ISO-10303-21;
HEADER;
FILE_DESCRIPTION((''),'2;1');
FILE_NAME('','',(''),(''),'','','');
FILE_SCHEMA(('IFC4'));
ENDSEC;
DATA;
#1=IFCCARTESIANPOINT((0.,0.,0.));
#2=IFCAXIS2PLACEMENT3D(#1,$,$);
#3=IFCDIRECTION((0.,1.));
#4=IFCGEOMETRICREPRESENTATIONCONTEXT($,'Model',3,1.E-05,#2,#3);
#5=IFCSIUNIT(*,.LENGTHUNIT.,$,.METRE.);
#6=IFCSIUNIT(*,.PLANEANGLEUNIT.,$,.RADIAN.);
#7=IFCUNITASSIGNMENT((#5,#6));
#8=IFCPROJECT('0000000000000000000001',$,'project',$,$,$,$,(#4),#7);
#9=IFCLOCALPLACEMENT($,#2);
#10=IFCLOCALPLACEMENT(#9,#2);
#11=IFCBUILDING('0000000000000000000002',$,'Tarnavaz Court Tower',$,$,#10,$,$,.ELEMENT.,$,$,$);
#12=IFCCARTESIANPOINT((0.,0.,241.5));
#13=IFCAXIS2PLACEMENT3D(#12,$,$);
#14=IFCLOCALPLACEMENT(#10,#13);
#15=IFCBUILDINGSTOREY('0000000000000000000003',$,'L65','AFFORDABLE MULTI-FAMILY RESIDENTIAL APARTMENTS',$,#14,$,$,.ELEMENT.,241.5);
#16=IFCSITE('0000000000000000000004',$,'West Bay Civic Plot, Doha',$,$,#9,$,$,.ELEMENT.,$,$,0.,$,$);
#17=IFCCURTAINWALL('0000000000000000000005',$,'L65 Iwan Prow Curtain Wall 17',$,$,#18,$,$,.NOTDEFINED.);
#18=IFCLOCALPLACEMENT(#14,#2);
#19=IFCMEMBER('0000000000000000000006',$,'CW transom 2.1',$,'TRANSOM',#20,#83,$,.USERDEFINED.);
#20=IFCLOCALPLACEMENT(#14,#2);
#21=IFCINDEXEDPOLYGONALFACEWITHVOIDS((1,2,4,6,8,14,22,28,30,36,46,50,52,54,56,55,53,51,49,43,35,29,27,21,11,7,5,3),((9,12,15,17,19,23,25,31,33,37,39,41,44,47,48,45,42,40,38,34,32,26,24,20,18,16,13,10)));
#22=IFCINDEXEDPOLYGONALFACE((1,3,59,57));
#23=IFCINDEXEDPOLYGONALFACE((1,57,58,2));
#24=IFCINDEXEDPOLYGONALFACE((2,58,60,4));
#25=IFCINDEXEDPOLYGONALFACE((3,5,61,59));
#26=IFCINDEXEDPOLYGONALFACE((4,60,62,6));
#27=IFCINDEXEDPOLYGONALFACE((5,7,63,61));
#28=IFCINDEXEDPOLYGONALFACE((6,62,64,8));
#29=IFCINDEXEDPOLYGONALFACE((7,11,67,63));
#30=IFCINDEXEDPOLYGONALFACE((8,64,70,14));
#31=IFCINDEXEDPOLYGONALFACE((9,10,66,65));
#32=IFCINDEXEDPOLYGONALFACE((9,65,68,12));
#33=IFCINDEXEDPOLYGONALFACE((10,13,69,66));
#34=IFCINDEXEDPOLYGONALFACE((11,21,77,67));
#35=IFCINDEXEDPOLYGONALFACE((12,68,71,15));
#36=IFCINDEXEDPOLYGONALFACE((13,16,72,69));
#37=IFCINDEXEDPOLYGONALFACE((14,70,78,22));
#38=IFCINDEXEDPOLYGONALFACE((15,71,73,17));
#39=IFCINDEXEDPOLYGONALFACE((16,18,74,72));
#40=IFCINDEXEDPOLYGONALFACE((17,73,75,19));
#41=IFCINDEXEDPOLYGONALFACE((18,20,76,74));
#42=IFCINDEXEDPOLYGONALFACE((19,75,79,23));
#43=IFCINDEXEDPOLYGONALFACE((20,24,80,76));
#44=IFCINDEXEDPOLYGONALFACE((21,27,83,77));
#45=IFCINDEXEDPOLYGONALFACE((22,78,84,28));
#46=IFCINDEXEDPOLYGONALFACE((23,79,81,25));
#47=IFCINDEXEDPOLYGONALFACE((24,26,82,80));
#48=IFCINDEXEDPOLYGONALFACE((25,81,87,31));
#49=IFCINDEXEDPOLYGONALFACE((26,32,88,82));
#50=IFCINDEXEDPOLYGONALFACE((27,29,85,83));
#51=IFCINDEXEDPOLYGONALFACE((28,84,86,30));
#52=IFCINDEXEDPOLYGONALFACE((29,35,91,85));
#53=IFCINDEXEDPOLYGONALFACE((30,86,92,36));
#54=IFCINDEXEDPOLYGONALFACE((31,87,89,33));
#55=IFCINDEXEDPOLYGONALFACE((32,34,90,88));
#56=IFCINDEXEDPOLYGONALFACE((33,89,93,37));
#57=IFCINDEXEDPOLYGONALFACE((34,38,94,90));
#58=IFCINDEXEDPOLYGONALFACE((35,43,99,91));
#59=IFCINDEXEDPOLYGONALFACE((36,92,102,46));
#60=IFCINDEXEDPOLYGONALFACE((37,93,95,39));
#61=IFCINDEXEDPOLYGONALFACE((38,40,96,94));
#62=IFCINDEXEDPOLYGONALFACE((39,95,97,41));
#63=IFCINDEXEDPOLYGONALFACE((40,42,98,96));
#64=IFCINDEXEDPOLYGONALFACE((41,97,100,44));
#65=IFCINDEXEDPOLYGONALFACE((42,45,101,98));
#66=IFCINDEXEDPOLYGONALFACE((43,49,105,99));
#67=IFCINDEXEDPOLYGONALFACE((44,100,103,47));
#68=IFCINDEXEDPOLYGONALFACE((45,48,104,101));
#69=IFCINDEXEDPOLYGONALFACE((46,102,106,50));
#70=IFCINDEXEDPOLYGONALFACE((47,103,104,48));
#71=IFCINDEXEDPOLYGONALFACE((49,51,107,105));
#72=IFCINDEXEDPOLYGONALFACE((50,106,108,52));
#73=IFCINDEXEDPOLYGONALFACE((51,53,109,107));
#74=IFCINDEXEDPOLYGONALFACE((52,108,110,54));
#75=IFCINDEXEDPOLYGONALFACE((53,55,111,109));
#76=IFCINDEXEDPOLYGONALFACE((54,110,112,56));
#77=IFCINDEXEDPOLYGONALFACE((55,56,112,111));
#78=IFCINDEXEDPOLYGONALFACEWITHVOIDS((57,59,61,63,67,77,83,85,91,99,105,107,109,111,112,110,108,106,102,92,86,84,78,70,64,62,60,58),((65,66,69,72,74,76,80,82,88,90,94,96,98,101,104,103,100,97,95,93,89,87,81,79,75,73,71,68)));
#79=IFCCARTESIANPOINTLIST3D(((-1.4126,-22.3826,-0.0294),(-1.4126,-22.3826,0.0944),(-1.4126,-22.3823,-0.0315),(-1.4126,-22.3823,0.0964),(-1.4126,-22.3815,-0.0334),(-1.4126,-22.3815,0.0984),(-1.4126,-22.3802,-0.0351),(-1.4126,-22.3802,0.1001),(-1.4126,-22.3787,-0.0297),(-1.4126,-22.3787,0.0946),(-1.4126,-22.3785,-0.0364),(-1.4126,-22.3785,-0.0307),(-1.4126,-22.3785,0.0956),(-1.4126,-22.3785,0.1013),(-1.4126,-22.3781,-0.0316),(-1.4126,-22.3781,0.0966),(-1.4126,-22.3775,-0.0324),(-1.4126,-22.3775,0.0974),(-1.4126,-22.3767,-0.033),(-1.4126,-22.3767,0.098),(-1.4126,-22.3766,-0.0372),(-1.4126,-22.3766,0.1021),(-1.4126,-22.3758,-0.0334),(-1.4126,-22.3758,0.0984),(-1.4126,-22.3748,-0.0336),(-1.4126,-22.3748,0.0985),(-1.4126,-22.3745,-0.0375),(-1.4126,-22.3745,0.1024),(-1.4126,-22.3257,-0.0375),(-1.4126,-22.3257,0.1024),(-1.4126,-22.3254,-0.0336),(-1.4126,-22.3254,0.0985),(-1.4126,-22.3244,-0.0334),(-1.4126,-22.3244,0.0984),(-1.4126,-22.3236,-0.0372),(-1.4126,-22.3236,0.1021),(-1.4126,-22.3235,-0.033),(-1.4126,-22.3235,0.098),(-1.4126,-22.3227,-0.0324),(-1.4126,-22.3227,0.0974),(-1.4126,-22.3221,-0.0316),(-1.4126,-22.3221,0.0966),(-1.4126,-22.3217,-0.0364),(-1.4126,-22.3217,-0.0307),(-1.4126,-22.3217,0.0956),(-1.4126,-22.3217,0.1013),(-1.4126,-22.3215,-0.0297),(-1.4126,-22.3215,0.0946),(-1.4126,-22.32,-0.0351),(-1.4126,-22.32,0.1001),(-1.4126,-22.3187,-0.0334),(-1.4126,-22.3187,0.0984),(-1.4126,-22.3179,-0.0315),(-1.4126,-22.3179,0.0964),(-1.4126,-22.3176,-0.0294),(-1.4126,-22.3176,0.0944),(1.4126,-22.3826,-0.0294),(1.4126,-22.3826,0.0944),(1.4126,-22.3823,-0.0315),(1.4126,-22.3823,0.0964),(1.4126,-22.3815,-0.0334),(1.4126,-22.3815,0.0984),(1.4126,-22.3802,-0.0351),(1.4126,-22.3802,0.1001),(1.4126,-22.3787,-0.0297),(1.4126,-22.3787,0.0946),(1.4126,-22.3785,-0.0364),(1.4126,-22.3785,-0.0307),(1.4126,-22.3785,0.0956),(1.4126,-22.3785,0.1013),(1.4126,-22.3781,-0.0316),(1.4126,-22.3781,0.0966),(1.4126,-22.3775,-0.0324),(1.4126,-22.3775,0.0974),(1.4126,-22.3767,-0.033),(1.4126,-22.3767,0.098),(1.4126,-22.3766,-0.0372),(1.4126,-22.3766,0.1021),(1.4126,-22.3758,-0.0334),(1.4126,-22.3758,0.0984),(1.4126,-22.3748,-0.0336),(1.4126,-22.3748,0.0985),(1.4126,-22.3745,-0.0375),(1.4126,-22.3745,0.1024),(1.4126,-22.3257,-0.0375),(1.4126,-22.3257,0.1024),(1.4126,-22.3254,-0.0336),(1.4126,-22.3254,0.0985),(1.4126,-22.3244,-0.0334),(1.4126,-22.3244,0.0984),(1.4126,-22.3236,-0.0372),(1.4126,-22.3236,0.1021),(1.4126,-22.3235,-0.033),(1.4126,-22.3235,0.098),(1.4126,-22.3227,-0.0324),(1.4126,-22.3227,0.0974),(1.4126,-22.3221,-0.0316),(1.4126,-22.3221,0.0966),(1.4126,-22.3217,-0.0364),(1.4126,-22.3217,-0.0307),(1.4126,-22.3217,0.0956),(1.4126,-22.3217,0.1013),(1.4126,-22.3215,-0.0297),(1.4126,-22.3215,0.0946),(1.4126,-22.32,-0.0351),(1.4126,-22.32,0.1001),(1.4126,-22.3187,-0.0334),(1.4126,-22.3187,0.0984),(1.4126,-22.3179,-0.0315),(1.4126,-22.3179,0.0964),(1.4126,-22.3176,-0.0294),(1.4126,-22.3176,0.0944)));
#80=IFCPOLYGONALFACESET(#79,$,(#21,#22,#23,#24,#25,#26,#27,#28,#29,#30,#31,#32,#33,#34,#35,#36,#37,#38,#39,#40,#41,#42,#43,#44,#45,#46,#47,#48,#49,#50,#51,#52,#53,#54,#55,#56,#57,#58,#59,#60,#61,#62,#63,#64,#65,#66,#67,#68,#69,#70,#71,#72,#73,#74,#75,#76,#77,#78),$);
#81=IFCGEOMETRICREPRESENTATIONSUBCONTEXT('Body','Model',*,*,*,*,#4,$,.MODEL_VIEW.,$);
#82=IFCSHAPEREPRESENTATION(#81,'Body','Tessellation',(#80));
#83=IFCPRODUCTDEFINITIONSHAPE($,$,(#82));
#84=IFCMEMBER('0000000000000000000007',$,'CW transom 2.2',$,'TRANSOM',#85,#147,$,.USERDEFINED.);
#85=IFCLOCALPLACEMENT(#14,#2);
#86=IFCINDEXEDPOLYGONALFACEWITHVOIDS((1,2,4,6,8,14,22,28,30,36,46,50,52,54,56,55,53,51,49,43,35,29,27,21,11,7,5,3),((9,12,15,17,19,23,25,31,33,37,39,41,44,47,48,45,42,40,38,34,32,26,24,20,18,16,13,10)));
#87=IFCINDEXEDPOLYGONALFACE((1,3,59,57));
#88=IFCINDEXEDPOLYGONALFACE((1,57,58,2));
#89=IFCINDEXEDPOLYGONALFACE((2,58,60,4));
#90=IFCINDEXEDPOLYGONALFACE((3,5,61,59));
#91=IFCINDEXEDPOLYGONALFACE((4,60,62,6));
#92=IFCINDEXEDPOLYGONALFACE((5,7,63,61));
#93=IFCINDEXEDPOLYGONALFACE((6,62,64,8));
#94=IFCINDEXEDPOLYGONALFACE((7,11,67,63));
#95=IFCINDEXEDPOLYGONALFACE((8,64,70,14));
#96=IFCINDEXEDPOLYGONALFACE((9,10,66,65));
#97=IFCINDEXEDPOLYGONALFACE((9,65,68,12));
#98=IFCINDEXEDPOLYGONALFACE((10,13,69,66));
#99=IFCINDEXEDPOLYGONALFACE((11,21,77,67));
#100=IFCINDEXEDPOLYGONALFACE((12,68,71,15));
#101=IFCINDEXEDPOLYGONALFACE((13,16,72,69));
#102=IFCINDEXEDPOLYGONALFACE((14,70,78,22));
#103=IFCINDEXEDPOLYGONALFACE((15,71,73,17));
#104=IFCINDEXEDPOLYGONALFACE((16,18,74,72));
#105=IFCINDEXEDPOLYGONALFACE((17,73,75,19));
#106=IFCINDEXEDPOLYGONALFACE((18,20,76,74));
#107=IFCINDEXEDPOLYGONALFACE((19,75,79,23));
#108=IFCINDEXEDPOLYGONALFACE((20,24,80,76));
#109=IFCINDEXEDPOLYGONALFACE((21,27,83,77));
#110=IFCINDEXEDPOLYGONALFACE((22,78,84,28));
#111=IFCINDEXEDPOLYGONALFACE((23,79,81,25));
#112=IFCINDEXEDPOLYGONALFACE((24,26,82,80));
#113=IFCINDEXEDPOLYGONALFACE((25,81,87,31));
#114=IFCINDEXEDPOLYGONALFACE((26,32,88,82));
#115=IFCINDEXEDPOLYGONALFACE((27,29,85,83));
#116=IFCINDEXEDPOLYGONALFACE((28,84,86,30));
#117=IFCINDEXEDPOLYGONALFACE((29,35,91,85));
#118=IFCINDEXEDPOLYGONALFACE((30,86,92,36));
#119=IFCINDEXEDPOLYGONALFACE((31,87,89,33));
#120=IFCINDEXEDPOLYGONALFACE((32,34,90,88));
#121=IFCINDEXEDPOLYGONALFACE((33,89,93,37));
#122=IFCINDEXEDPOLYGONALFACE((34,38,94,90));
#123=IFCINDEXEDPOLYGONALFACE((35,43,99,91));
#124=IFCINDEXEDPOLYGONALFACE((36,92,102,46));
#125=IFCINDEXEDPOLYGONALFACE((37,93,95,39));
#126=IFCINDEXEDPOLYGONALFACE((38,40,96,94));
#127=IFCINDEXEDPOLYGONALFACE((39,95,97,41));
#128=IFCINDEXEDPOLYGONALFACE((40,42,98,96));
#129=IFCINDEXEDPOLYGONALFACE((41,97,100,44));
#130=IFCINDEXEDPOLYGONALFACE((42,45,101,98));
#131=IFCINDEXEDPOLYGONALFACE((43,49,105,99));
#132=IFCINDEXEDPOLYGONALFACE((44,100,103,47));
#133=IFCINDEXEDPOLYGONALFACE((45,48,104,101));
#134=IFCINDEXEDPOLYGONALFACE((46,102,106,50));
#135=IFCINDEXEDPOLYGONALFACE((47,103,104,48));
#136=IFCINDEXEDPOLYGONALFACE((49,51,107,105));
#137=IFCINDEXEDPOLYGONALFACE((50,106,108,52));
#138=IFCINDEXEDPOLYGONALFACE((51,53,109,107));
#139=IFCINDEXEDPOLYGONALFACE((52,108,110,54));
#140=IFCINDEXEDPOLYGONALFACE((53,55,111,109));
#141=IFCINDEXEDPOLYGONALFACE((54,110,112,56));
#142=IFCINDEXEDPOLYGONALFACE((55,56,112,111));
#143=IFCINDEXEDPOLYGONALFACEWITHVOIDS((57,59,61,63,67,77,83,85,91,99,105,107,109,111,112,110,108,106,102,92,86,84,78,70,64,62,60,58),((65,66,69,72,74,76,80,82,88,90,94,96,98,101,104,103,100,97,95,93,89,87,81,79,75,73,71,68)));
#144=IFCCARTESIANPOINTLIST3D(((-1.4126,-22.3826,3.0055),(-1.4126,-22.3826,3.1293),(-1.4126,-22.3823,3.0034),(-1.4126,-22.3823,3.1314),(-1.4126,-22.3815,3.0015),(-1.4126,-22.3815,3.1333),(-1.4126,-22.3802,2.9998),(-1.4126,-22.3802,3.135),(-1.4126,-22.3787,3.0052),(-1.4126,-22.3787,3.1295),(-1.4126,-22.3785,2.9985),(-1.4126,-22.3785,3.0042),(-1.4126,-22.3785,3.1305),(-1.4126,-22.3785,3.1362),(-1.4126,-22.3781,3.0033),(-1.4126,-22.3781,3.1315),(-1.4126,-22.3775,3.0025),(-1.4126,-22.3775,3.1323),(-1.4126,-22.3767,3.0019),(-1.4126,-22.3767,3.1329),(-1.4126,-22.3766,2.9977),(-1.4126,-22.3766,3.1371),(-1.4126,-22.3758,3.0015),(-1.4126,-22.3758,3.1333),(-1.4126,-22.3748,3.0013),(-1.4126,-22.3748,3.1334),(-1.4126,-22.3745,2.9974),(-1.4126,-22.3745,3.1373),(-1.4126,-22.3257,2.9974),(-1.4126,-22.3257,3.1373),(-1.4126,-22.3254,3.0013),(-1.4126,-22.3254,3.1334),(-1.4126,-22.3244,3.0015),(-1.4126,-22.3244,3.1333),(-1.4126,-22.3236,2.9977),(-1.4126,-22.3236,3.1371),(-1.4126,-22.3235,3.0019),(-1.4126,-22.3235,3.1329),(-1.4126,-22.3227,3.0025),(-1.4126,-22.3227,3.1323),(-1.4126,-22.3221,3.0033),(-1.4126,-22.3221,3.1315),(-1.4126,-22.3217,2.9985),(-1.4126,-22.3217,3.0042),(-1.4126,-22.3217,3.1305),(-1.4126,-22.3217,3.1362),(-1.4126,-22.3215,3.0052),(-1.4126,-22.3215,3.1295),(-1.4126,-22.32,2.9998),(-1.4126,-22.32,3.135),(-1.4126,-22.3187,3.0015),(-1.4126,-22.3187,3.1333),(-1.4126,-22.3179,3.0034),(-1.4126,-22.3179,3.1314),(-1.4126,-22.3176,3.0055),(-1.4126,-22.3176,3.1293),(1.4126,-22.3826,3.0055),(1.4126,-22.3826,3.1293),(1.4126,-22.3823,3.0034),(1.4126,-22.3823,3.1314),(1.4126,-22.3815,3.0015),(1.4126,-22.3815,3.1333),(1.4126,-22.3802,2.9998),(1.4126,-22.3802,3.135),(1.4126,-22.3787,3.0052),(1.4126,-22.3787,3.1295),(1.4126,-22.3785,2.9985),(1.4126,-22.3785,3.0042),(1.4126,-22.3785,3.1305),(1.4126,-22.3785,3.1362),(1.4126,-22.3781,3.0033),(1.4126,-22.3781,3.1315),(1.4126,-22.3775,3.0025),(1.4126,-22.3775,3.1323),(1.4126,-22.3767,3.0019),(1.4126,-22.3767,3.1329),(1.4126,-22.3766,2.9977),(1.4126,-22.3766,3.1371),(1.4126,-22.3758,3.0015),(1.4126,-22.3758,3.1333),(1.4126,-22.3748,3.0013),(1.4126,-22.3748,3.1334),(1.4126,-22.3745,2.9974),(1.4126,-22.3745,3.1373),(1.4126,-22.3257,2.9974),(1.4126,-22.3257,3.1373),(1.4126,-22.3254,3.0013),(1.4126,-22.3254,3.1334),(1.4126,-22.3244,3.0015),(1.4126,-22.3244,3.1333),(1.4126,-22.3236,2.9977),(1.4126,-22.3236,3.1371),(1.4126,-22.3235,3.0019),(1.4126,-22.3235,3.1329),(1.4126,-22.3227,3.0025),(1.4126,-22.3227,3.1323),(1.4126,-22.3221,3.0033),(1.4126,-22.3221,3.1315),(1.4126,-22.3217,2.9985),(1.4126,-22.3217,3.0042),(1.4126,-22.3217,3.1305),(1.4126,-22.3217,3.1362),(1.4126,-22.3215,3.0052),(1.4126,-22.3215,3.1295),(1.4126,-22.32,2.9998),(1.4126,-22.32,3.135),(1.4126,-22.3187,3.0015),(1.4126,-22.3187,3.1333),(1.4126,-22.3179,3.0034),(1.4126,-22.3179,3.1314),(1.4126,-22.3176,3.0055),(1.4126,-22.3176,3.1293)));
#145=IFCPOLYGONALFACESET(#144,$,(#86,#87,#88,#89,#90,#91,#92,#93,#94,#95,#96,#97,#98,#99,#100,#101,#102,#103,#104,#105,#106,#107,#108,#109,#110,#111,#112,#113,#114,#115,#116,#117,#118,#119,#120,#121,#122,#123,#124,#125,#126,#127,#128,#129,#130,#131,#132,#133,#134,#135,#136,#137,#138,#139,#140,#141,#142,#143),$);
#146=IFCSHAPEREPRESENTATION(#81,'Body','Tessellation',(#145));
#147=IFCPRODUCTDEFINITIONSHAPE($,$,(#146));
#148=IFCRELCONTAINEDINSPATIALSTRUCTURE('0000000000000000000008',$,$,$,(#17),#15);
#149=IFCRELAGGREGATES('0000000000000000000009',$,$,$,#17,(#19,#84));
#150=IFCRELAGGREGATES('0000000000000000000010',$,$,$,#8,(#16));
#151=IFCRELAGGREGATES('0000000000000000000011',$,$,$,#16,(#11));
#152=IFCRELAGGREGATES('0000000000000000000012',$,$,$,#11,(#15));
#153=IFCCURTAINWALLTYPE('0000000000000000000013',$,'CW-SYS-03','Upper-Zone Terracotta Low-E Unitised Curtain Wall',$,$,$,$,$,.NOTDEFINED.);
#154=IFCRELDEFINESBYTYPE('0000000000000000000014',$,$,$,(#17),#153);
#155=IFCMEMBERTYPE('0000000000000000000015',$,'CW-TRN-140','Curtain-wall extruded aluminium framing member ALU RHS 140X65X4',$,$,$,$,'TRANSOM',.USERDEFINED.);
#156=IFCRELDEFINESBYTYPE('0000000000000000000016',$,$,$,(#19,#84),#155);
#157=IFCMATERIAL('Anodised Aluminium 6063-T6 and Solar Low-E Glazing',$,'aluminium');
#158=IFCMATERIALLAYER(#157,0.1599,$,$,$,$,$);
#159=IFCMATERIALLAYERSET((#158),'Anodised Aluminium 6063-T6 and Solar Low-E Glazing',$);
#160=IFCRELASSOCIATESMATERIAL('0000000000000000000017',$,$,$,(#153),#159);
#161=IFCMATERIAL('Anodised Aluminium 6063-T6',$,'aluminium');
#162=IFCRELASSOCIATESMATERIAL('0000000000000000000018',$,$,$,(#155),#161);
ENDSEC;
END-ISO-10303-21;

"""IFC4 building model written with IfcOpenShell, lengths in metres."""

from ifc_helpers import new_model, si_unit, direction, frame, origin, origin_2d, place, context, subcontext, project, spatial, hollow_rectangle, extrude, material, layer, layer_set, material_profile, profile_set, type_object, element, aggregate, save


model = new_model("IFC4")

# Units and contexts
model_context = context("Model", 3, precision=1e-05, world=origin(), true_north=direction((0.0, 1.0)))
body_context = subcontext(model_context, "Body", "Model", "MODEL_VIEW")
ifc_project = project(units=[si_unit("LENGTHUNIT", "METRE"), si_unit("PLANEANGLEUNIT", "RADIAN")], contexts=[model_context])

# Site, building, storey
site_placement = place(None, origin())
site = spatial("IfcSite", under=ifc_project, at=site_placement, Name="West Bay Civic Plot, Doha", CompositionType="ELEMENT", RefElevation=0.0)
building_placement = place(site_placement, origin())
building = spatial("IfcBuilding", under=site, at=building_placement, Name="Tarnavaz Court Tower", CompositionType="ELEMENT")
storey_placement = place(building_placement, frame((0.0, 0.0, 241.5)))
storey = spatial("IfcBuildingStorey", under=building, at=storey_placement, Name="L65", Description="AFFORDABLE MULTI-FAMILY RESIDENTIAL APARTMENTS", CompositionType="ELEMENT", Elevation=241.5)

# Curtain wall, members
ifc_material_1 = material(Name="Anodised Aluminium 6063-T6 and Solar Low-E Glazing", Category="aluminium")
ifc_layer_1 = layer(ifc_material_1, 0.1599)
ifc_layer_set_1 = layer_set([ifc_layer_1], Name="Anodised Aluminium 6063-T6 and Solar Low-E Glazing")
curtain_wall_type = type_object("IfcCurtainWallType", Name="CW-SYS-03", Description="Upper-Zone Terracotta Low-E Unitised Curtain Wall", PredefinedType="NOTDEFINED", material=ifc_layer_set_1)
curtain_wall_placement = place(storey_placement, origin())
curtain_wall = element("IfcCurtainWall", 1, at=curtain_wall_placement, inside=storey, type_object=curtain_wall_type, Name="L65 Iwan Prow Curtain Wall 17", PredefinedType="NOTDEFINED")
ifc_material_2 = material(Name="Anodised Aluminium 6063-T6", Category="aluminium")
ifc_material_profile_1 = material_profile(ifc_material_2, hollow_rectangle(XDim=0.0649, YDim=0.1399, WallThickness=0.0039, InnerFilletRadius=0.0039, OuterFilletRadius=0.0081, at=origin_2d()), Name="ALU RHS 140X65X4")
ifc_profile_set_1 = profile_set([ifc_material_profile_1], Name="Anodised Aluminium 6063-T6")
member_type_1 = type_object("IfcMemberType", Name="CW-TRN-140", Description="Curtain-wall extruded aluminium framing member ALU RHS 140X65X4", ElementType="TRANSOM", PredefinedType="USERDEFINED", material=ifc_profile_set_1)
member_1_placement = place(storey_placement, frame((1.4126, -22.3501, 0.0325), z_axis=(-1.0, 0.0, 0.0), x_axis=(0.0, -1.0, 0.0)))
member_1 = element("IfcMember", 2, at=member_1_placement, type_object=member_type_1, Name="CW transom 2.1", ObjectType="TRANSOM", PredefinedType="USERDEFINED", context=body_context, shape_type="SweptSolid", body=[
    extrude(hollow_rectangle(XDim=0.0649, YDim=0.1399, WallThickness=0.0039, InnerFilletRadius=0.0039, OuterFilletRadius=0.0081, at=origin_2d()), origin(), (0.0, 0.0, 1.0), 2.8252),
])
member_2_placement = place(storey_placement, frame((1.4126, -22.3501, 3.0674), z_axis=(-1.0, 0.0, 0.0), x_axis=(0.0, -1.0, 0.0)))
member_2 = element("IfcMember", 3, at=member_2_placement, type_object=member_type_1, Name="CW transom 2.2", ObjectType="TRANSOM", PredefinedType="USERDEFINED", context=body_context, shape_type="SweptSolid", body=[
    extrude(hollow_rectangle(XDim=0.0649, YDim=0.1399, WallThickness=0.0039, InnerFilletRadius=0.0039, OuterFilletRadius=0.0081, at=origin_2d()), origin(), (0.0, 0.0, 1.0), 2.8252),
])
aggregate(curtain_wall, [member_1, member_2])

save(model, "model.ifc")
